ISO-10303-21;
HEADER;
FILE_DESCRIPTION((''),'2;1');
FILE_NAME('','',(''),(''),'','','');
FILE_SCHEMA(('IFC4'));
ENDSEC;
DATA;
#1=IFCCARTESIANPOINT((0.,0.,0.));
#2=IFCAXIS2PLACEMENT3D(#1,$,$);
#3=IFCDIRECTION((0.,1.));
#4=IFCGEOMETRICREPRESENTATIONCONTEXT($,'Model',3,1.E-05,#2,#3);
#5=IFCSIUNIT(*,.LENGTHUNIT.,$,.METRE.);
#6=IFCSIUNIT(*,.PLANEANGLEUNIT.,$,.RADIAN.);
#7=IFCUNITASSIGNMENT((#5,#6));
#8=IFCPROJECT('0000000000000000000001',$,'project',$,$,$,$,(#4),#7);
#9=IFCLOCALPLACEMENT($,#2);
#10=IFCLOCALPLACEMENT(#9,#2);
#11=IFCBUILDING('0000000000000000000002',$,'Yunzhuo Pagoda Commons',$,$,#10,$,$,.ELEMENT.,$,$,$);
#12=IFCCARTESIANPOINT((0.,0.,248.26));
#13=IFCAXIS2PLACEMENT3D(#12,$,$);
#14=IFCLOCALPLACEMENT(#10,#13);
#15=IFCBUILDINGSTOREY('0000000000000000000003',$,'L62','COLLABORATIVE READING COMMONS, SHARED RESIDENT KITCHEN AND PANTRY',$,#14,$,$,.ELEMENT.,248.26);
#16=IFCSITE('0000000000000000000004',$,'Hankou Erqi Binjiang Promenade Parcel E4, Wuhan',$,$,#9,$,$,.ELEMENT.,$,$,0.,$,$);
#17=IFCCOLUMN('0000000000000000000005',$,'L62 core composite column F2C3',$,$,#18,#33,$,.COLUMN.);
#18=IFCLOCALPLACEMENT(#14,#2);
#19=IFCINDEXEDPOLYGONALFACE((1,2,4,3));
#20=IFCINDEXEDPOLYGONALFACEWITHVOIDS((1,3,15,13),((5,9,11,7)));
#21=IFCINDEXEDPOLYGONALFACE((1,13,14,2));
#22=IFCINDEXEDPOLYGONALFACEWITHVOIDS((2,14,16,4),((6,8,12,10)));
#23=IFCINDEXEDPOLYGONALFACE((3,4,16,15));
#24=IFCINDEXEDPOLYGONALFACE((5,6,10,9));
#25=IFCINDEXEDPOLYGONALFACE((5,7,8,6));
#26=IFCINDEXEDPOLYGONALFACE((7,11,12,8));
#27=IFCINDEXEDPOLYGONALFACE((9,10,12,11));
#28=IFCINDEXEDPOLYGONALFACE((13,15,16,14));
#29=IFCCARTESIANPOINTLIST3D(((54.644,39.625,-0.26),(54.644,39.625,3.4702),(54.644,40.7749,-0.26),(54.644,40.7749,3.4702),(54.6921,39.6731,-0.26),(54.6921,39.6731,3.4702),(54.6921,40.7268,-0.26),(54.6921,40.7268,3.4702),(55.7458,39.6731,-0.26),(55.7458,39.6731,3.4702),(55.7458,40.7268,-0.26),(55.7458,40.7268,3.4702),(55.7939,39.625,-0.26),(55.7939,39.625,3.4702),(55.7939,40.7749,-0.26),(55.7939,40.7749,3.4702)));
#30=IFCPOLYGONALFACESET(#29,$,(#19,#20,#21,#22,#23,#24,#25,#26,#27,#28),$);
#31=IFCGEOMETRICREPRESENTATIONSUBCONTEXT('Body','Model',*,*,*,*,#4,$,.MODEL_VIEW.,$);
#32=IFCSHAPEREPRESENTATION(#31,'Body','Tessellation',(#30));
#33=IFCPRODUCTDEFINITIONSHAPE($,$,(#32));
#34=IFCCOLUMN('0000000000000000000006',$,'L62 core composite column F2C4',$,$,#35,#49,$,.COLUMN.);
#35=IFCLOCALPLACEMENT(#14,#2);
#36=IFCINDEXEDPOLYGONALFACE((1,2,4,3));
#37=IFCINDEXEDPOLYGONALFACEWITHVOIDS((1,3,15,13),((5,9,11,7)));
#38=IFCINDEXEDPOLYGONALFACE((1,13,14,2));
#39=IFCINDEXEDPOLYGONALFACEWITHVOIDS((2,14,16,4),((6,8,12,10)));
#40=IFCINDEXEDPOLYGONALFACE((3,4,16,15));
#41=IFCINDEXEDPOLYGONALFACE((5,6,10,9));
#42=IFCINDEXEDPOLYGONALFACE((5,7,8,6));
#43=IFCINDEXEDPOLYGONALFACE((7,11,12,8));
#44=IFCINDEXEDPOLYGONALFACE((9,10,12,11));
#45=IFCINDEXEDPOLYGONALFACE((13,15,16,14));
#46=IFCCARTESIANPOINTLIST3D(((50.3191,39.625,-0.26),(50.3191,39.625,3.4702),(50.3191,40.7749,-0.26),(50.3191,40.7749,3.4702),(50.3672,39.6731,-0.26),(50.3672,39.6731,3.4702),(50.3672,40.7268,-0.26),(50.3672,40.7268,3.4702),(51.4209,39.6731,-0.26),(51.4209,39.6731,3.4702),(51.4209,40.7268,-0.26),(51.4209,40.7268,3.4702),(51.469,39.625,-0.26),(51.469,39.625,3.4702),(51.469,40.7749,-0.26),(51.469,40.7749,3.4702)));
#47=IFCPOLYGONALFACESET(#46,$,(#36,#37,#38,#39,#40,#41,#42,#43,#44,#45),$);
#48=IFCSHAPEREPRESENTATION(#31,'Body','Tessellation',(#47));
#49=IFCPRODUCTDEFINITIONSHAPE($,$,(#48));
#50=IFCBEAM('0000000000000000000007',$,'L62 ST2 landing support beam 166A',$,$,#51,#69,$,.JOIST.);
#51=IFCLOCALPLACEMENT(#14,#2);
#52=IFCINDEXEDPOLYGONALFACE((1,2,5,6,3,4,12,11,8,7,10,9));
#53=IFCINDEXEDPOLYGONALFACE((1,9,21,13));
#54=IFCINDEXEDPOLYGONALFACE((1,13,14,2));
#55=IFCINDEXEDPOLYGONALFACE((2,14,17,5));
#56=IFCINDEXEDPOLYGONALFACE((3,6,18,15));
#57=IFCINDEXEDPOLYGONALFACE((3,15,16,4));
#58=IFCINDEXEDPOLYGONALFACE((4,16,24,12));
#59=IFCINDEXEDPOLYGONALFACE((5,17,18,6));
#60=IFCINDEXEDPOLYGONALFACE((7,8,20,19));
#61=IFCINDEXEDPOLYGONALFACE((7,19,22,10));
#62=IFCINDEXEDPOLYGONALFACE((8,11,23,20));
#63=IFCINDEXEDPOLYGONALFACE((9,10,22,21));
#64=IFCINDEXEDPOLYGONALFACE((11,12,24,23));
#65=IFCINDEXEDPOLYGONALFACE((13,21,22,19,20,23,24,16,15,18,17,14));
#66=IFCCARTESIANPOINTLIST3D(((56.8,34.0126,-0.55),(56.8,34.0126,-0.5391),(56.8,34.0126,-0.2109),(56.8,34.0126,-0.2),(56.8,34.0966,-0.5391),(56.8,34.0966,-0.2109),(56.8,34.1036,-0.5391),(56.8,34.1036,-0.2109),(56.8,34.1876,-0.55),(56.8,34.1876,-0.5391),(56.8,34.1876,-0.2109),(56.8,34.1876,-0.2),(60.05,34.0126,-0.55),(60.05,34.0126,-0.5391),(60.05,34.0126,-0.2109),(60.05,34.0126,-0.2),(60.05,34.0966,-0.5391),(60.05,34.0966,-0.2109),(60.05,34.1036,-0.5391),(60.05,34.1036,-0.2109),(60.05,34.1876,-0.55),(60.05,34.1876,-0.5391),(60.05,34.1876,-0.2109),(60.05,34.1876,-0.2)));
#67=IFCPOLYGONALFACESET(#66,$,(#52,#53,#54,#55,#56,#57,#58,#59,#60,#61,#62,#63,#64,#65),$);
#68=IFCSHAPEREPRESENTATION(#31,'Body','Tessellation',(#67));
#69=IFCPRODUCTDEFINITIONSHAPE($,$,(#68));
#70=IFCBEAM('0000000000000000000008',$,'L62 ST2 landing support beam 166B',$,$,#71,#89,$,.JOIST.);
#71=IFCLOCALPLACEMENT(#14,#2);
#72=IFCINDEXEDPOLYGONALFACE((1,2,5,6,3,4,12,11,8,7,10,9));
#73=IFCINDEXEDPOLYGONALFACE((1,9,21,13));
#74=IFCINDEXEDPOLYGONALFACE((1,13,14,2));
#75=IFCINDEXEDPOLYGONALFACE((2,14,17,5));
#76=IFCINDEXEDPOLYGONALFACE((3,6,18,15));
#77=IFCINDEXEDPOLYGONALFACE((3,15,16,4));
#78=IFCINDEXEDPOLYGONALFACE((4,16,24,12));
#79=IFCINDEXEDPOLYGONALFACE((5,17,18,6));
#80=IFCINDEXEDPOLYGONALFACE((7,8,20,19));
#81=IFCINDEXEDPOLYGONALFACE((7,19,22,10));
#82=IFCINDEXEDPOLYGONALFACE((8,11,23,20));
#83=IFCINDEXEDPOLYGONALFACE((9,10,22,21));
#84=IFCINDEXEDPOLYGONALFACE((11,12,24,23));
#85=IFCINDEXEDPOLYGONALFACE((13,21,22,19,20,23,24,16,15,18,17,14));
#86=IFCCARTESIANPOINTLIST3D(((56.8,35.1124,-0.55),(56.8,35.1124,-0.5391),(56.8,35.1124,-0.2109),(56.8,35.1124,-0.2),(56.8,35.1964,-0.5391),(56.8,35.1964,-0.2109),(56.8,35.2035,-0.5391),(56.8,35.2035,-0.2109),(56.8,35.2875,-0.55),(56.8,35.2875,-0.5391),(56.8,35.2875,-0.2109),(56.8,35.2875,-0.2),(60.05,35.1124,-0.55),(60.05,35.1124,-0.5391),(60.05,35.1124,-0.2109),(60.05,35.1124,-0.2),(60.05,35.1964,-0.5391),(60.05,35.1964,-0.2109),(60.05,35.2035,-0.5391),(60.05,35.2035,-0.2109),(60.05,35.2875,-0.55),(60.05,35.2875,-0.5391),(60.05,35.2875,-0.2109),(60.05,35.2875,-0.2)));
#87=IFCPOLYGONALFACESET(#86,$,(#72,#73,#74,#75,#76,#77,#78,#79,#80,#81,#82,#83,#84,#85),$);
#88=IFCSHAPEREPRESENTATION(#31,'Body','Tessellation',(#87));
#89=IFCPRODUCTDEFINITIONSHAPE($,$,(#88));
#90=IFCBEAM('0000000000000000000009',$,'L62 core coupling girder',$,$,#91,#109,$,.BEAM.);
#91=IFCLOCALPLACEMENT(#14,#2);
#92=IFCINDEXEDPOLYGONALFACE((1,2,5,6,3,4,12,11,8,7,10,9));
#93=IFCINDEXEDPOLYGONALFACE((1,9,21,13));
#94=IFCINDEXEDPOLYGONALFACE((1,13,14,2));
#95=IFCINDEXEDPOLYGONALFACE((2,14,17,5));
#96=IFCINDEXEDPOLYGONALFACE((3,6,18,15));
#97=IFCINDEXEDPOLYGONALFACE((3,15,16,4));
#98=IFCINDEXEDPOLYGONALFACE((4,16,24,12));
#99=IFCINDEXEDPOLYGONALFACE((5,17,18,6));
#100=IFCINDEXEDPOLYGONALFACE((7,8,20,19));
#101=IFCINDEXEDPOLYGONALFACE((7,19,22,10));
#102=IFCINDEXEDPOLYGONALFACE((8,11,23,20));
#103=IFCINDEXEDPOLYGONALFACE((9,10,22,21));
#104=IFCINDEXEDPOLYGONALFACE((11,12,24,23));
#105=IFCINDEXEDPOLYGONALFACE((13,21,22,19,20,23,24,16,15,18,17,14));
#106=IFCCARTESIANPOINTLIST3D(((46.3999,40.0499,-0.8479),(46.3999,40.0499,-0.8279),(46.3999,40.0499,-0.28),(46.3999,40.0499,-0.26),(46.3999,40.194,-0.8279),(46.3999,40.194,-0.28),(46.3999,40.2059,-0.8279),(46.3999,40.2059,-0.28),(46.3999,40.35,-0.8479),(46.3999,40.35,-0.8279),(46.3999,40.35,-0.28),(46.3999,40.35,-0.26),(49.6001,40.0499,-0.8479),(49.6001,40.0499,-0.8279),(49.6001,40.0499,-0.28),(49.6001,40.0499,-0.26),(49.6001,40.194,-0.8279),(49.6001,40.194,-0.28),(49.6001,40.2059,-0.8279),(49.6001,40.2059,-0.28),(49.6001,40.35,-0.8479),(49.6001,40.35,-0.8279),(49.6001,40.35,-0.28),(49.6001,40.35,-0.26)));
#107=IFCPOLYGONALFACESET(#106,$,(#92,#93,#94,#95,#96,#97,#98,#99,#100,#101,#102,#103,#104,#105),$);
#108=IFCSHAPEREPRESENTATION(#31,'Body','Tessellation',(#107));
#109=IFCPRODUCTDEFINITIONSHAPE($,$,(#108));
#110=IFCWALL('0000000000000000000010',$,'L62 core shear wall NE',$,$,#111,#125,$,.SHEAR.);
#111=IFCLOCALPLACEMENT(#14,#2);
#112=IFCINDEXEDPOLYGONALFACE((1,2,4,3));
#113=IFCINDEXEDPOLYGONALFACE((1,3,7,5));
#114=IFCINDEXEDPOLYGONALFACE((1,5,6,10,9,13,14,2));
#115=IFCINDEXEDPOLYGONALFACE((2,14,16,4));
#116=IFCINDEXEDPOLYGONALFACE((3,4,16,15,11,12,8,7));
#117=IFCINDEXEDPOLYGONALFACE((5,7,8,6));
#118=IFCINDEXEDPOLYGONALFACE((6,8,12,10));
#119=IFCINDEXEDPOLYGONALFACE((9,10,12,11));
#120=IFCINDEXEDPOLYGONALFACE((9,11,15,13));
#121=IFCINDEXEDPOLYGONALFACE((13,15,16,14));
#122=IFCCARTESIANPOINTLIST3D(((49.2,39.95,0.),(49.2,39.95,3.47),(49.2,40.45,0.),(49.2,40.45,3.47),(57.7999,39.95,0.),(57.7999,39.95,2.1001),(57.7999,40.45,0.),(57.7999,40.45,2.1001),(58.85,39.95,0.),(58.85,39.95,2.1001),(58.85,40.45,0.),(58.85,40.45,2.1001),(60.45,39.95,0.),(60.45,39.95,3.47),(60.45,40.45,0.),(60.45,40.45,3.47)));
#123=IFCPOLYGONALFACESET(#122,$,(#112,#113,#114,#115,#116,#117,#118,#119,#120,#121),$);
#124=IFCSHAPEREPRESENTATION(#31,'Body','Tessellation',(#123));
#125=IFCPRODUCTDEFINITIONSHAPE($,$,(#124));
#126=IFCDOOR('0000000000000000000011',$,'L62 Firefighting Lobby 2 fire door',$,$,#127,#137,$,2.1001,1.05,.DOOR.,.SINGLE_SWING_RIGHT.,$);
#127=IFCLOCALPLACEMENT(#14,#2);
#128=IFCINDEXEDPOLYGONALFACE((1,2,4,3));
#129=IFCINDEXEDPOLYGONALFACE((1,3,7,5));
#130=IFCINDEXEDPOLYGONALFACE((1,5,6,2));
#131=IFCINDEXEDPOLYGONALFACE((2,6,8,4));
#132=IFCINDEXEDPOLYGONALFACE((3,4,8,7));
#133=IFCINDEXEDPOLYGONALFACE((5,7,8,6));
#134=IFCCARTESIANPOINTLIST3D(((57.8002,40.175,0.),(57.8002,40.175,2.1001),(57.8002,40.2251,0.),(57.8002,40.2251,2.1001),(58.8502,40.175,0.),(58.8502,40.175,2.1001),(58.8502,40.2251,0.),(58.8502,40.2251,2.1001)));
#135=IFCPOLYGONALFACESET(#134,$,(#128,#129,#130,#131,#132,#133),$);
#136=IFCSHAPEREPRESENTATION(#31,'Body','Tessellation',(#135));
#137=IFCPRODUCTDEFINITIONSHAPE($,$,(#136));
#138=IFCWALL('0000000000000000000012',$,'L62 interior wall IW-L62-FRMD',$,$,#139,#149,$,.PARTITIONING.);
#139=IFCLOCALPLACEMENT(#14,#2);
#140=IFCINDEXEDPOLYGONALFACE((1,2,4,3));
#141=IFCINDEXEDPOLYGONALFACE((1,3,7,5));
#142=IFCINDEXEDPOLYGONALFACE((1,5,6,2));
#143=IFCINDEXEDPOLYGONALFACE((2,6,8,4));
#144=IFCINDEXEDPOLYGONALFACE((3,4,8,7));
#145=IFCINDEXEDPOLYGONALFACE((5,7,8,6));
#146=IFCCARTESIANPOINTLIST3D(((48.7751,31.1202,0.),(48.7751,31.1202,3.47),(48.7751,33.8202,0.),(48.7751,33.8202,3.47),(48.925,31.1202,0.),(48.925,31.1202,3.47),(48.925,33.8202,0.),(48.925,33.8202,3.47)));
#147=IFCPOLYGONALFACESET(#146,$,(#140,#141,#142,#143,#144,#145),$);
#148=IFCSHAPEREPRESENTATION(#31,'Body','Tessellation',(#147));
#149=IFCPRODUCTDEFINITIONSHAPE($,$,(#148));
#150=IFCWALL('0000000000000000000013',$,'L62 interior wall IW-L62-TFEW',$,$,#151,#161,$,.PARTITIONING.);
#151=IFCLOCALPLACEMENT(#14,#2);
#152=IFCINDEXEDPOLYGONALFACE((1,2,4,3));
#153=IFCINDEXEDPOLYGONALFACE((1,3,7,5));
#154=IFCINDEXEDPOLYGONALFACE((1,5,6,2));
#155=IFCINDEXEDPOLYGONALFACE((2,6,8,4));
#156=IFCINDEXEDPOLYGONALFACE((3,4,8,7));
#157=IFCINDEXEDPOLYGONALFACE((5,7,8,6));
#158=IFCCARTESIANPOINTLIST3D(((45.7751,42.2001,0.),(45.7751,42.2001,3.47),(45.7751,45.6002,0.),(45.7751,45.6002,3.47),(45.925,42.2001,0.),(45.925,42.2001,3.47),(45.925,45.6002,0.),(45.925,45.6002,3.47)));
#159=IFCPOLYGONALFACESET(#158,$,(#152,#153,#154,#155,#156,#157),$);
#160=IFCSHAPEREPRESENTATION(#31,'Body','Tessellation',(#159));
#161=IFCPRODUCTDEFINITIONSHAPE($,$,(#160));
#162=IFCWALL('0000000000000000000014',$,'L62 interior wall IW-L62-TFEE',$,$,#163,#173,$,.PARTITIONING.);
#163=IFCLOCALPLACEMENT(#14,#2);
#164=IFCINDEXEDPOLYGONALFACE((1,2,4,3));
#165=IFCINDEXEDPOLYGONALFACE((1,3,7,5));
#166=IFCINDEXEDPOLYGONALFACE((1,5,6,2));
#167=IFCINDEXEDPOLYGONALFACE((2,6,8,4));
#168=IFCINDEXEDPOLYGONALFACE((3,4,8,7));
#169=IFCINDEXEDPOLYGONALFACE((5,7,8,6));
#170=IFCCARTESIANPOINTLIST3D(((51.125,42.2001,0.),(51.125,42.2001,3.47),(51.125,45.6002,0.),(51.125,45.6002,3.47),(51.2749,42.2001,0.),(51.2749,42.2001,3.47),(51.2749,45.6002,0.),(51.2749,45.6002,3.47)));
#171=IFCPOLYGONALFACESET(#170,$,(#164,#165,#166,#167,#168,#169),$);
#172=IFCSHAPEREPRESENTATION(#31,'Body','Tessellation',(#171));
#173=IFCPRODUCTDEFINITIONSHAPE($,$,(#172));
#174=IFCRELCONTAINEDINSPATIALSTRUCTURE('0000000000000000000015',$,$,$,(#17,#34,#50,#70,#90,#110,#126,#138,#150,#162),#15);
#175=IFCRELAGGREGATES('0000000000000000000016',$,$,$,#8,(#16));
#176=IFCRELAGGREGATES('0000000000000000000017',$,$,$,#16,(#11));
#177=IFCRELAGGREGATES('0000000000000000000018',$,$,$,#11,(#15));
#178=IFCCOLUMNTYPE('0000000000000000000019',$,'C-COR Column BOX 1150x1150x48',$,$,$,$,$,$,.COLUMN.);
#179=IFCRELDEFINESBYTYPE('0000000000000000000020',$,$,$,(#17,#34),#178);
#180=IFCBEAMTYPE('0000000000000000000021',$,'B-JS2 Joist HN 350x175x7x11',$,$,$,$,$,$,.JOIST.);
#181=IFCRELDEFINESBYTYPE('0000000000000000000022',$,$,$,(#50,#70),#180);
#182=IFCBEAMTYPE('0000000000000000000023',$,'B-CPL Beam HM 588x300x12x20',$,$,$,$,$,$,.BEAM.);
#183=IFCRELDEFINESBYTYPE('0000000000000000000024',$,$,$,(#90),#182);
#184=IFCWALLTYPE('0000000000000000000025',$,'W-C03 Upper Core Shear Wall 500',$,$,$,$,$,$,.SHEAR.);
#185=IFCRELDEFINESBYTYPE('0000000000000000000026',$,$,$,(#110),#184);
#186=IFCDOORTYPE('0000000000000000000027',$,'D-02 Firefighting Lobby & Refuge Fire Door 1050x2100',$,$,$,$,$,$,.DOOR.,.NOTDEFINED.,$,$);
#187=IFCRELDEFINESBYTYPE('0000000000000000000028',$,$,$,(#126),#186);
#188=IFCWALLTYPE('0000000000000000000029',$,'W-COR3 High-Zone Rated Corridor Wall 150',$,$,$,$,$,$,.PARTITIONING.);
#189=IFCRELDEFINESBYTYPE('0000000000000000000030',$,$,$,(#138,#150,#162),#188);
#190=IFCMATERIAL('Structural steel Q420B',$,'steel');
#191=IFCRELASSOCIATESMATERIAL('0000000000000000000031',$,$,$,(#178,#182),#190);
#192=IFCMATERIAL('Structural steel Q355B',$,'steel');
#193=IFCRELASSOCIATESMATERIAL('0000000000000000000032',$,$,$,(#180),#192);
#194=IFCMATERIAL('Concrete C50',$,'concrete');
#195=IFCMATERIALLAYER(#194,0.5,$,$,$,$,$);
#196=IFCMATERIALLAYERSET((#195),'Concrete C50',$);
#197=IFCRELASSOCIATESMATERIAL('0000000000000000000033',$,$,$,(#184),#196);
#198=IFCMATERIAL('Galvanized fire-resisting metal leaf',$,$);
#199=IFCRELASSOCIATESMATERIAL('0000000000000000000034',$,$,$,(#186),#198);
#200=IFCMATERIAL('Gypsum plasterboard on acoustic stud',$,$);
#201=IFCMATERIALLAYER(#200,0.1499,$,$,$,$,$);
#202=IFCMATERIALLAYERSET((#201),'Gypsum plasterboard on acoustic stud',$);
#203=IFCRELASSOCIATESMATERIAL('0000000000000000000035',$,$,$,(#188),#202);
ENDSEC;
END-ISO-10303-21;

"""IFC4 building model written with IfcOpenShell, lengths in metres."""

from ifc_helpers import new_model, si_unit, direction, frame, frame_2d, origin, origin_2d, place, context, subcontext, project, spatial, rectangle, hollow_rectangle, i_section, extrude, source, transform, mapped, material, layer, layer_set, material_profile, profile_set, type_object, element, fill, save


model = new_model("IFC4")

# Units and contexts
model_context = context("Model", 3, precision=1e-05, world=origin(), true_north=direction((0.0, 1.0)))
body_context = subcontext(model_context, "Body", "Model", "MODEL_VIEW")
ifc_project = project(units=[si_unit("LENGTHUNIT", "METRE"), si_unit("PLANEANGLEUNIT", "RADIAN")], contexts=[model_context])

# Site, building, storey
site_placement = place(None, origin())
site = spatial("IfcSite", under=ifc_project, at=site_placement, Name="Hankou Erqi Binjiang Promenade Parcel E4, Wuhan", CompositionType="ELEMENT", RefElevation=0.0)
building_placement = place(site_placement, origin())
building = spatial("IfcBuilding", under=site, at=building_placement, Name="Yunzhuo Pagoda Commons", CompositionType="ELEMENT")
storey_placement = place(building_placement, frame((0.0, 0.0, 248.26)))
storey = spatial("IfcBuildingStorey", under=building, at=storey_placement, Name="L62", Description="COLLABORATIVE READING COMMONS, SHARED RESIDENT KITCHEN AND PANTRY", CompositionType="ELEMENT", Elevation=248.26)

# Columns
ifc_material_1 = material(Name="Structural steel Q420B", Category="steel")
ifc_material_profile_1 = material_profile(ifc_material_1, hollow_rectangle(XDim=1.1499, YDim=1.1499, WallThickness=0.0481, at=origin_2d()), Name="Structural steel Q420B")
ifc_profile_set_1 = profile_set([ifc_material_profile_1], Name="Structural steel Q420B")
column_type = type_object("IfcColumnType", Name="C-COR Column BOX 1150x1150x48", PredefinedType="COLUMN", material=ifc_profile_set_1)
shared_shape_1 = source(origin(), body_context, "Body", "SweptSolid", [
    extrude(hollow_rectangle(XDim=1.1499, YDim=1.1499, WallThickness=0.0481, at=origin_2d()), origin(), (0.0, 0.0, 1.0), 3.7302),
])
for number, where, z_axis, x_axis, name in (
    (1, (55.219, 40.2, -0.26), (0.0, 0.0, 1.0), (1.0, 0.0, 0.0), "L62 core composite column F2C3"),
    (2, (50.894, 40.2, -0.26), (0.0, 0.0, 1.0), (1.0, 0.0, 0.0), "L62 core composite column F2C4"),
):
    element("IfcColumn", number, at=place(storey_placement, frame(where, z_axis=z_axis, x_axis=x_axis)), inside=storey, type_object=column_type, Name=name, PredefinedType="COLUMN", context=body_context, shape_type="MappedRepresentation", body=[
        mapped(shared_shape_1, transform((0.0, 0.0, 0.0), scale=1.0)),
    ])

# Beams
ifc_material_2 = material(Name="Structural steel Q355B", Category="steel")
ifc_material_profile_2 = material_profile(ifc_material_2, i_section(OverallWidth=0.175, OverallDepth=0.3501, WebThickness=0.0071, FlangeThickness=0.011, at=origin_2d()), Name="Structural steel Q355B")
ifc_profile_set_2 = profile_set([ifc_material_profile_2], Name="Structural steel Q355B")
beam_type_1 = type_object("IfcBeamType", Name="B-JS2 Joist HN 350x175x7x11", PredefinedType="JOIST", material=ifc_profile_set_2)
shared_shape_2 = source(origin(), body_context, "Body", "SweptSolid", [
    extrude(i_section(OverallWidth=0.175, OverallDepth=0.3501, WebThickness=0.0071, FlangeThickness=0.011, at=origin_2d()), origin(), (0.0, 0.0, 1.0), 3.25),
])
for number, where, z_axis, x_axis, name in (
    (3, (56.8, 34.1001, -0.375), (1.0, 0.0, 0.0), (0.0, 1.0, 0.0), "L62 ST2 landing support beam 166A"),
    (4, (56.8, 35.2, -0.375), (1.0, 0.0, 0.0), (0.0, 1.0, 0.0), "L62 ST2 landing support beam 166B"),
):
    element("IfcBeam", number, at=place(storey_placement, frame(where, z_axis=z_axis, x_axis=x_axis)), inside=storey, type_object=beam_type_1, Name=name, PredefinedType="JOIST", context=body_context, shape_type="MappedRepresentation", body=[
        mapped(shared_shape_2, transform((0.0, 0.0, 0.0), scale=1.0)),
    ])
ifc_material_profile_3 = material_profile(ifc_material_1, i_section(OverallWidth=0.3, OverallDepth=0.5879, WebThickness=0.012, FlangeThickness=0.02, at=origin_2d()), Name="Structural steel Q420B")
ifc_profile_set_3 = profile_set([ifc_material_profile_3], Name="Structural steel Q420B")
beam_type_2 = type_object("IfcBeamType", Name="B-CPL Beam HM 588x300x12x20", PredefinedType="BEAM", material=ifc_profile_set_3)
shared_shape_3 = source(origin(), body_context, "Body", "SweptSolid", [
    extrude(i_section(OverallWidth=0.3, OverallDepth=0.5879, WebThickness=0.012, FlangeThickness=0.02, at=origin_2d()), origin(), (0.0, 0.0, 1.0), 3.2002),
])
beam_placement = place(storey_placement, frame((46.3999, 40.2, -0.554), z_axis=(1.0, 0.0, 0.0), x_axis=(0.0, 1.0, 0.0)))
element("IfcBeam", 5, at=beam_placement, inside=storey, type_object=beam_type_2, Name="L62 core coupling girder", PredefinedType="BEAM", context=body_context, shape_type="MappedRepresentation", body=[
    mapped(shared_shape_3, transform((0.0, 0.0, 0.0), scale=1.0)),
])

# Wall, opening, door
ifc_material_3 = material(Name="Concrete C50", Category="concrete")
ifc_layer_1 = layer(ifc_material_3, 0.5)
ifc_layer_set_1 = layer_set([ifc_layer_1], Name="Concrete C50")
wall_type_1 = type_object("IfcWallType", Name="W-C03 Upper Core Shear Wall 500", PredefinedType="SHEAR", material=ifc_layer_set_1)
wall_1_placement = place(storey_placement, frame((49.2, 40.2, 0.0), z_axis=(0.0, 0.0, 1.0), x_axis=(1.0, 0.0, 0.0)))
wall_1 = element("IfcWall", 6, at=wall_1_placement, inside=storey, type_object=wall_type_1, Name="L62 core shear wall NE", PredefinedType="SHEAR", context=body_context, shape_type="SweptSolid", body=[
    extrude(rectangle(XDim=11.25, YDim=0.5, at=frame_2d((5.625, 0.0))), origin(), (0.0, 0.0, 1.0), 3.47),
])
opening_1_placement = place(wall_1_placement, frame((8.6001, 0.0, 0.0)))
opening_1 = element("IfcOpeningElement", 7, at=opening_1_placement, cuts=wall_1, PredefinedType="OPENING", context=body_context, shape_type="SweptSolid", body=[
    extrude(rectangle(XDim=1.05, YDim=2.1001, at=frame_2d((0.5249, 1.05))), frame((0.0, 0.26, 0.0), z_axis=(0.0, -1.0, 0.0), x_axis=(1.0, 0.0, 0.0)), (0.0, 0.0, 1.0), 0.52),
])
ifc_material_4 = material(Name="Galvanized fire-resisting metal leaf")
door_type_1 = type_object("IfcDoorType", Name="D-02 Firefighting Lobby & Refuge Fire Door 1050x2100", OperationType="NOTDEFINED", PredefinedType="DOOR", material=ifc_material_4)
shared_shape_4 = source(origin(), body_context, "Body", "SweptSolid", [
    extrude(rectangle(XDim=1.05, YDim=2.1001, at=frame_2d((0.5249, 1.05))), frame((0.0, 0.0249, 0.0), z_axis=(0.0, -1.0, 0.0), x_axis=(1.0, 0.0, 0.0)), (0.0, 0.0, 1.0), 0.05),
])
door_1_placement = place(opening_1_placement, frame((1.05, 0.0, 0.0), z_axis=(0.0, 0.0, 1.0), x_axis=(-1.0, 0.0, 0.0)))
door_1 = element("IfcDoor", 8, at=door_1_placement, inside=storey, type_object=door_type_1, Name="L62 Firefighting Lobby 2 fire door", OperationType="SINGLE_SWING_RIGHT", OverallHeight=2.1001, OverallWidth=1.05, PredefinedType="DOOR", context=body_context, shape_type="MappedRepresentation", body=[
    mapped(shared_shape_4, transform((0.0, 0.0, 0.0), scale=1.0)),
])
fill(opening_1, door_1)

# Walls
ifc_material_5 = material(Name="Gypsum plasterboard on acoustic stud")
ifc_layer_2 = layer(ifc_material_5, 0.1499)
ifc_layer_set_2 = layer_set([ifc_layer_2], Name="Gypsum plasterboard on acoustic stud")
wall_type_2 = type_object("IfcWallType", Name="W-COR3 High-Zone Rated Corridor Wall 150", PredefinedType="PARTITIONING", material=ifc_layer_set_2)
wall_2_placement = place(storey_placement, frame((48.8501, 31.1201, 0.0), z_axis=(0.0, 0.0, 1.0), x_axis=(0.0, 1.0, 0.0)))
element("IfcWall", 9, at=wall_2_placement, inside=storey, type_object=wall_type_2, Name="L62 interior wall IW-L62-FRMD", PredefinedType="PARTITIONING", context=body_context, shape_type="SweptSolid", body=[
    extrude(rectangle(XDim=2.7, YDim=0.1499, at=frame_2d((1.3501, 0.0))), origin(), (0.0, 0.0, 1.0), 3.47),
])
for number, where, z_axis, x_axis, name in (
    (10, (45.8501, 42.2, 0.0), (0.0, 0.0, 1.0), (0.0, 1.0, 0.0), "L62 interior wall IW-L62-TFEW"),
    (11, (51.2, 42.2, 0.0), (0.0, 0.0, 1.0), (0.0, 1.0, 0.0), "L62 interior wall IW-L62-TFEE"),
):
    element("IfcWall", number, at=place(storey_placement, frame(where, z_axis=z_axis, x_axis=x_axis)), inside=storey, type_object=wall_type_2, Name=name, PredefinedType="PARTITIONING", context=body_context, shape_type="SweptSolid", body=[
        extrude(rectangle(XDim=3.4001, YDim=0.1499, at=frame_2d((1.7002, 0.0))), origin(), (0.0, 0.0, 1.0), 3.47),
    ])

save(model, "model.ifc")
